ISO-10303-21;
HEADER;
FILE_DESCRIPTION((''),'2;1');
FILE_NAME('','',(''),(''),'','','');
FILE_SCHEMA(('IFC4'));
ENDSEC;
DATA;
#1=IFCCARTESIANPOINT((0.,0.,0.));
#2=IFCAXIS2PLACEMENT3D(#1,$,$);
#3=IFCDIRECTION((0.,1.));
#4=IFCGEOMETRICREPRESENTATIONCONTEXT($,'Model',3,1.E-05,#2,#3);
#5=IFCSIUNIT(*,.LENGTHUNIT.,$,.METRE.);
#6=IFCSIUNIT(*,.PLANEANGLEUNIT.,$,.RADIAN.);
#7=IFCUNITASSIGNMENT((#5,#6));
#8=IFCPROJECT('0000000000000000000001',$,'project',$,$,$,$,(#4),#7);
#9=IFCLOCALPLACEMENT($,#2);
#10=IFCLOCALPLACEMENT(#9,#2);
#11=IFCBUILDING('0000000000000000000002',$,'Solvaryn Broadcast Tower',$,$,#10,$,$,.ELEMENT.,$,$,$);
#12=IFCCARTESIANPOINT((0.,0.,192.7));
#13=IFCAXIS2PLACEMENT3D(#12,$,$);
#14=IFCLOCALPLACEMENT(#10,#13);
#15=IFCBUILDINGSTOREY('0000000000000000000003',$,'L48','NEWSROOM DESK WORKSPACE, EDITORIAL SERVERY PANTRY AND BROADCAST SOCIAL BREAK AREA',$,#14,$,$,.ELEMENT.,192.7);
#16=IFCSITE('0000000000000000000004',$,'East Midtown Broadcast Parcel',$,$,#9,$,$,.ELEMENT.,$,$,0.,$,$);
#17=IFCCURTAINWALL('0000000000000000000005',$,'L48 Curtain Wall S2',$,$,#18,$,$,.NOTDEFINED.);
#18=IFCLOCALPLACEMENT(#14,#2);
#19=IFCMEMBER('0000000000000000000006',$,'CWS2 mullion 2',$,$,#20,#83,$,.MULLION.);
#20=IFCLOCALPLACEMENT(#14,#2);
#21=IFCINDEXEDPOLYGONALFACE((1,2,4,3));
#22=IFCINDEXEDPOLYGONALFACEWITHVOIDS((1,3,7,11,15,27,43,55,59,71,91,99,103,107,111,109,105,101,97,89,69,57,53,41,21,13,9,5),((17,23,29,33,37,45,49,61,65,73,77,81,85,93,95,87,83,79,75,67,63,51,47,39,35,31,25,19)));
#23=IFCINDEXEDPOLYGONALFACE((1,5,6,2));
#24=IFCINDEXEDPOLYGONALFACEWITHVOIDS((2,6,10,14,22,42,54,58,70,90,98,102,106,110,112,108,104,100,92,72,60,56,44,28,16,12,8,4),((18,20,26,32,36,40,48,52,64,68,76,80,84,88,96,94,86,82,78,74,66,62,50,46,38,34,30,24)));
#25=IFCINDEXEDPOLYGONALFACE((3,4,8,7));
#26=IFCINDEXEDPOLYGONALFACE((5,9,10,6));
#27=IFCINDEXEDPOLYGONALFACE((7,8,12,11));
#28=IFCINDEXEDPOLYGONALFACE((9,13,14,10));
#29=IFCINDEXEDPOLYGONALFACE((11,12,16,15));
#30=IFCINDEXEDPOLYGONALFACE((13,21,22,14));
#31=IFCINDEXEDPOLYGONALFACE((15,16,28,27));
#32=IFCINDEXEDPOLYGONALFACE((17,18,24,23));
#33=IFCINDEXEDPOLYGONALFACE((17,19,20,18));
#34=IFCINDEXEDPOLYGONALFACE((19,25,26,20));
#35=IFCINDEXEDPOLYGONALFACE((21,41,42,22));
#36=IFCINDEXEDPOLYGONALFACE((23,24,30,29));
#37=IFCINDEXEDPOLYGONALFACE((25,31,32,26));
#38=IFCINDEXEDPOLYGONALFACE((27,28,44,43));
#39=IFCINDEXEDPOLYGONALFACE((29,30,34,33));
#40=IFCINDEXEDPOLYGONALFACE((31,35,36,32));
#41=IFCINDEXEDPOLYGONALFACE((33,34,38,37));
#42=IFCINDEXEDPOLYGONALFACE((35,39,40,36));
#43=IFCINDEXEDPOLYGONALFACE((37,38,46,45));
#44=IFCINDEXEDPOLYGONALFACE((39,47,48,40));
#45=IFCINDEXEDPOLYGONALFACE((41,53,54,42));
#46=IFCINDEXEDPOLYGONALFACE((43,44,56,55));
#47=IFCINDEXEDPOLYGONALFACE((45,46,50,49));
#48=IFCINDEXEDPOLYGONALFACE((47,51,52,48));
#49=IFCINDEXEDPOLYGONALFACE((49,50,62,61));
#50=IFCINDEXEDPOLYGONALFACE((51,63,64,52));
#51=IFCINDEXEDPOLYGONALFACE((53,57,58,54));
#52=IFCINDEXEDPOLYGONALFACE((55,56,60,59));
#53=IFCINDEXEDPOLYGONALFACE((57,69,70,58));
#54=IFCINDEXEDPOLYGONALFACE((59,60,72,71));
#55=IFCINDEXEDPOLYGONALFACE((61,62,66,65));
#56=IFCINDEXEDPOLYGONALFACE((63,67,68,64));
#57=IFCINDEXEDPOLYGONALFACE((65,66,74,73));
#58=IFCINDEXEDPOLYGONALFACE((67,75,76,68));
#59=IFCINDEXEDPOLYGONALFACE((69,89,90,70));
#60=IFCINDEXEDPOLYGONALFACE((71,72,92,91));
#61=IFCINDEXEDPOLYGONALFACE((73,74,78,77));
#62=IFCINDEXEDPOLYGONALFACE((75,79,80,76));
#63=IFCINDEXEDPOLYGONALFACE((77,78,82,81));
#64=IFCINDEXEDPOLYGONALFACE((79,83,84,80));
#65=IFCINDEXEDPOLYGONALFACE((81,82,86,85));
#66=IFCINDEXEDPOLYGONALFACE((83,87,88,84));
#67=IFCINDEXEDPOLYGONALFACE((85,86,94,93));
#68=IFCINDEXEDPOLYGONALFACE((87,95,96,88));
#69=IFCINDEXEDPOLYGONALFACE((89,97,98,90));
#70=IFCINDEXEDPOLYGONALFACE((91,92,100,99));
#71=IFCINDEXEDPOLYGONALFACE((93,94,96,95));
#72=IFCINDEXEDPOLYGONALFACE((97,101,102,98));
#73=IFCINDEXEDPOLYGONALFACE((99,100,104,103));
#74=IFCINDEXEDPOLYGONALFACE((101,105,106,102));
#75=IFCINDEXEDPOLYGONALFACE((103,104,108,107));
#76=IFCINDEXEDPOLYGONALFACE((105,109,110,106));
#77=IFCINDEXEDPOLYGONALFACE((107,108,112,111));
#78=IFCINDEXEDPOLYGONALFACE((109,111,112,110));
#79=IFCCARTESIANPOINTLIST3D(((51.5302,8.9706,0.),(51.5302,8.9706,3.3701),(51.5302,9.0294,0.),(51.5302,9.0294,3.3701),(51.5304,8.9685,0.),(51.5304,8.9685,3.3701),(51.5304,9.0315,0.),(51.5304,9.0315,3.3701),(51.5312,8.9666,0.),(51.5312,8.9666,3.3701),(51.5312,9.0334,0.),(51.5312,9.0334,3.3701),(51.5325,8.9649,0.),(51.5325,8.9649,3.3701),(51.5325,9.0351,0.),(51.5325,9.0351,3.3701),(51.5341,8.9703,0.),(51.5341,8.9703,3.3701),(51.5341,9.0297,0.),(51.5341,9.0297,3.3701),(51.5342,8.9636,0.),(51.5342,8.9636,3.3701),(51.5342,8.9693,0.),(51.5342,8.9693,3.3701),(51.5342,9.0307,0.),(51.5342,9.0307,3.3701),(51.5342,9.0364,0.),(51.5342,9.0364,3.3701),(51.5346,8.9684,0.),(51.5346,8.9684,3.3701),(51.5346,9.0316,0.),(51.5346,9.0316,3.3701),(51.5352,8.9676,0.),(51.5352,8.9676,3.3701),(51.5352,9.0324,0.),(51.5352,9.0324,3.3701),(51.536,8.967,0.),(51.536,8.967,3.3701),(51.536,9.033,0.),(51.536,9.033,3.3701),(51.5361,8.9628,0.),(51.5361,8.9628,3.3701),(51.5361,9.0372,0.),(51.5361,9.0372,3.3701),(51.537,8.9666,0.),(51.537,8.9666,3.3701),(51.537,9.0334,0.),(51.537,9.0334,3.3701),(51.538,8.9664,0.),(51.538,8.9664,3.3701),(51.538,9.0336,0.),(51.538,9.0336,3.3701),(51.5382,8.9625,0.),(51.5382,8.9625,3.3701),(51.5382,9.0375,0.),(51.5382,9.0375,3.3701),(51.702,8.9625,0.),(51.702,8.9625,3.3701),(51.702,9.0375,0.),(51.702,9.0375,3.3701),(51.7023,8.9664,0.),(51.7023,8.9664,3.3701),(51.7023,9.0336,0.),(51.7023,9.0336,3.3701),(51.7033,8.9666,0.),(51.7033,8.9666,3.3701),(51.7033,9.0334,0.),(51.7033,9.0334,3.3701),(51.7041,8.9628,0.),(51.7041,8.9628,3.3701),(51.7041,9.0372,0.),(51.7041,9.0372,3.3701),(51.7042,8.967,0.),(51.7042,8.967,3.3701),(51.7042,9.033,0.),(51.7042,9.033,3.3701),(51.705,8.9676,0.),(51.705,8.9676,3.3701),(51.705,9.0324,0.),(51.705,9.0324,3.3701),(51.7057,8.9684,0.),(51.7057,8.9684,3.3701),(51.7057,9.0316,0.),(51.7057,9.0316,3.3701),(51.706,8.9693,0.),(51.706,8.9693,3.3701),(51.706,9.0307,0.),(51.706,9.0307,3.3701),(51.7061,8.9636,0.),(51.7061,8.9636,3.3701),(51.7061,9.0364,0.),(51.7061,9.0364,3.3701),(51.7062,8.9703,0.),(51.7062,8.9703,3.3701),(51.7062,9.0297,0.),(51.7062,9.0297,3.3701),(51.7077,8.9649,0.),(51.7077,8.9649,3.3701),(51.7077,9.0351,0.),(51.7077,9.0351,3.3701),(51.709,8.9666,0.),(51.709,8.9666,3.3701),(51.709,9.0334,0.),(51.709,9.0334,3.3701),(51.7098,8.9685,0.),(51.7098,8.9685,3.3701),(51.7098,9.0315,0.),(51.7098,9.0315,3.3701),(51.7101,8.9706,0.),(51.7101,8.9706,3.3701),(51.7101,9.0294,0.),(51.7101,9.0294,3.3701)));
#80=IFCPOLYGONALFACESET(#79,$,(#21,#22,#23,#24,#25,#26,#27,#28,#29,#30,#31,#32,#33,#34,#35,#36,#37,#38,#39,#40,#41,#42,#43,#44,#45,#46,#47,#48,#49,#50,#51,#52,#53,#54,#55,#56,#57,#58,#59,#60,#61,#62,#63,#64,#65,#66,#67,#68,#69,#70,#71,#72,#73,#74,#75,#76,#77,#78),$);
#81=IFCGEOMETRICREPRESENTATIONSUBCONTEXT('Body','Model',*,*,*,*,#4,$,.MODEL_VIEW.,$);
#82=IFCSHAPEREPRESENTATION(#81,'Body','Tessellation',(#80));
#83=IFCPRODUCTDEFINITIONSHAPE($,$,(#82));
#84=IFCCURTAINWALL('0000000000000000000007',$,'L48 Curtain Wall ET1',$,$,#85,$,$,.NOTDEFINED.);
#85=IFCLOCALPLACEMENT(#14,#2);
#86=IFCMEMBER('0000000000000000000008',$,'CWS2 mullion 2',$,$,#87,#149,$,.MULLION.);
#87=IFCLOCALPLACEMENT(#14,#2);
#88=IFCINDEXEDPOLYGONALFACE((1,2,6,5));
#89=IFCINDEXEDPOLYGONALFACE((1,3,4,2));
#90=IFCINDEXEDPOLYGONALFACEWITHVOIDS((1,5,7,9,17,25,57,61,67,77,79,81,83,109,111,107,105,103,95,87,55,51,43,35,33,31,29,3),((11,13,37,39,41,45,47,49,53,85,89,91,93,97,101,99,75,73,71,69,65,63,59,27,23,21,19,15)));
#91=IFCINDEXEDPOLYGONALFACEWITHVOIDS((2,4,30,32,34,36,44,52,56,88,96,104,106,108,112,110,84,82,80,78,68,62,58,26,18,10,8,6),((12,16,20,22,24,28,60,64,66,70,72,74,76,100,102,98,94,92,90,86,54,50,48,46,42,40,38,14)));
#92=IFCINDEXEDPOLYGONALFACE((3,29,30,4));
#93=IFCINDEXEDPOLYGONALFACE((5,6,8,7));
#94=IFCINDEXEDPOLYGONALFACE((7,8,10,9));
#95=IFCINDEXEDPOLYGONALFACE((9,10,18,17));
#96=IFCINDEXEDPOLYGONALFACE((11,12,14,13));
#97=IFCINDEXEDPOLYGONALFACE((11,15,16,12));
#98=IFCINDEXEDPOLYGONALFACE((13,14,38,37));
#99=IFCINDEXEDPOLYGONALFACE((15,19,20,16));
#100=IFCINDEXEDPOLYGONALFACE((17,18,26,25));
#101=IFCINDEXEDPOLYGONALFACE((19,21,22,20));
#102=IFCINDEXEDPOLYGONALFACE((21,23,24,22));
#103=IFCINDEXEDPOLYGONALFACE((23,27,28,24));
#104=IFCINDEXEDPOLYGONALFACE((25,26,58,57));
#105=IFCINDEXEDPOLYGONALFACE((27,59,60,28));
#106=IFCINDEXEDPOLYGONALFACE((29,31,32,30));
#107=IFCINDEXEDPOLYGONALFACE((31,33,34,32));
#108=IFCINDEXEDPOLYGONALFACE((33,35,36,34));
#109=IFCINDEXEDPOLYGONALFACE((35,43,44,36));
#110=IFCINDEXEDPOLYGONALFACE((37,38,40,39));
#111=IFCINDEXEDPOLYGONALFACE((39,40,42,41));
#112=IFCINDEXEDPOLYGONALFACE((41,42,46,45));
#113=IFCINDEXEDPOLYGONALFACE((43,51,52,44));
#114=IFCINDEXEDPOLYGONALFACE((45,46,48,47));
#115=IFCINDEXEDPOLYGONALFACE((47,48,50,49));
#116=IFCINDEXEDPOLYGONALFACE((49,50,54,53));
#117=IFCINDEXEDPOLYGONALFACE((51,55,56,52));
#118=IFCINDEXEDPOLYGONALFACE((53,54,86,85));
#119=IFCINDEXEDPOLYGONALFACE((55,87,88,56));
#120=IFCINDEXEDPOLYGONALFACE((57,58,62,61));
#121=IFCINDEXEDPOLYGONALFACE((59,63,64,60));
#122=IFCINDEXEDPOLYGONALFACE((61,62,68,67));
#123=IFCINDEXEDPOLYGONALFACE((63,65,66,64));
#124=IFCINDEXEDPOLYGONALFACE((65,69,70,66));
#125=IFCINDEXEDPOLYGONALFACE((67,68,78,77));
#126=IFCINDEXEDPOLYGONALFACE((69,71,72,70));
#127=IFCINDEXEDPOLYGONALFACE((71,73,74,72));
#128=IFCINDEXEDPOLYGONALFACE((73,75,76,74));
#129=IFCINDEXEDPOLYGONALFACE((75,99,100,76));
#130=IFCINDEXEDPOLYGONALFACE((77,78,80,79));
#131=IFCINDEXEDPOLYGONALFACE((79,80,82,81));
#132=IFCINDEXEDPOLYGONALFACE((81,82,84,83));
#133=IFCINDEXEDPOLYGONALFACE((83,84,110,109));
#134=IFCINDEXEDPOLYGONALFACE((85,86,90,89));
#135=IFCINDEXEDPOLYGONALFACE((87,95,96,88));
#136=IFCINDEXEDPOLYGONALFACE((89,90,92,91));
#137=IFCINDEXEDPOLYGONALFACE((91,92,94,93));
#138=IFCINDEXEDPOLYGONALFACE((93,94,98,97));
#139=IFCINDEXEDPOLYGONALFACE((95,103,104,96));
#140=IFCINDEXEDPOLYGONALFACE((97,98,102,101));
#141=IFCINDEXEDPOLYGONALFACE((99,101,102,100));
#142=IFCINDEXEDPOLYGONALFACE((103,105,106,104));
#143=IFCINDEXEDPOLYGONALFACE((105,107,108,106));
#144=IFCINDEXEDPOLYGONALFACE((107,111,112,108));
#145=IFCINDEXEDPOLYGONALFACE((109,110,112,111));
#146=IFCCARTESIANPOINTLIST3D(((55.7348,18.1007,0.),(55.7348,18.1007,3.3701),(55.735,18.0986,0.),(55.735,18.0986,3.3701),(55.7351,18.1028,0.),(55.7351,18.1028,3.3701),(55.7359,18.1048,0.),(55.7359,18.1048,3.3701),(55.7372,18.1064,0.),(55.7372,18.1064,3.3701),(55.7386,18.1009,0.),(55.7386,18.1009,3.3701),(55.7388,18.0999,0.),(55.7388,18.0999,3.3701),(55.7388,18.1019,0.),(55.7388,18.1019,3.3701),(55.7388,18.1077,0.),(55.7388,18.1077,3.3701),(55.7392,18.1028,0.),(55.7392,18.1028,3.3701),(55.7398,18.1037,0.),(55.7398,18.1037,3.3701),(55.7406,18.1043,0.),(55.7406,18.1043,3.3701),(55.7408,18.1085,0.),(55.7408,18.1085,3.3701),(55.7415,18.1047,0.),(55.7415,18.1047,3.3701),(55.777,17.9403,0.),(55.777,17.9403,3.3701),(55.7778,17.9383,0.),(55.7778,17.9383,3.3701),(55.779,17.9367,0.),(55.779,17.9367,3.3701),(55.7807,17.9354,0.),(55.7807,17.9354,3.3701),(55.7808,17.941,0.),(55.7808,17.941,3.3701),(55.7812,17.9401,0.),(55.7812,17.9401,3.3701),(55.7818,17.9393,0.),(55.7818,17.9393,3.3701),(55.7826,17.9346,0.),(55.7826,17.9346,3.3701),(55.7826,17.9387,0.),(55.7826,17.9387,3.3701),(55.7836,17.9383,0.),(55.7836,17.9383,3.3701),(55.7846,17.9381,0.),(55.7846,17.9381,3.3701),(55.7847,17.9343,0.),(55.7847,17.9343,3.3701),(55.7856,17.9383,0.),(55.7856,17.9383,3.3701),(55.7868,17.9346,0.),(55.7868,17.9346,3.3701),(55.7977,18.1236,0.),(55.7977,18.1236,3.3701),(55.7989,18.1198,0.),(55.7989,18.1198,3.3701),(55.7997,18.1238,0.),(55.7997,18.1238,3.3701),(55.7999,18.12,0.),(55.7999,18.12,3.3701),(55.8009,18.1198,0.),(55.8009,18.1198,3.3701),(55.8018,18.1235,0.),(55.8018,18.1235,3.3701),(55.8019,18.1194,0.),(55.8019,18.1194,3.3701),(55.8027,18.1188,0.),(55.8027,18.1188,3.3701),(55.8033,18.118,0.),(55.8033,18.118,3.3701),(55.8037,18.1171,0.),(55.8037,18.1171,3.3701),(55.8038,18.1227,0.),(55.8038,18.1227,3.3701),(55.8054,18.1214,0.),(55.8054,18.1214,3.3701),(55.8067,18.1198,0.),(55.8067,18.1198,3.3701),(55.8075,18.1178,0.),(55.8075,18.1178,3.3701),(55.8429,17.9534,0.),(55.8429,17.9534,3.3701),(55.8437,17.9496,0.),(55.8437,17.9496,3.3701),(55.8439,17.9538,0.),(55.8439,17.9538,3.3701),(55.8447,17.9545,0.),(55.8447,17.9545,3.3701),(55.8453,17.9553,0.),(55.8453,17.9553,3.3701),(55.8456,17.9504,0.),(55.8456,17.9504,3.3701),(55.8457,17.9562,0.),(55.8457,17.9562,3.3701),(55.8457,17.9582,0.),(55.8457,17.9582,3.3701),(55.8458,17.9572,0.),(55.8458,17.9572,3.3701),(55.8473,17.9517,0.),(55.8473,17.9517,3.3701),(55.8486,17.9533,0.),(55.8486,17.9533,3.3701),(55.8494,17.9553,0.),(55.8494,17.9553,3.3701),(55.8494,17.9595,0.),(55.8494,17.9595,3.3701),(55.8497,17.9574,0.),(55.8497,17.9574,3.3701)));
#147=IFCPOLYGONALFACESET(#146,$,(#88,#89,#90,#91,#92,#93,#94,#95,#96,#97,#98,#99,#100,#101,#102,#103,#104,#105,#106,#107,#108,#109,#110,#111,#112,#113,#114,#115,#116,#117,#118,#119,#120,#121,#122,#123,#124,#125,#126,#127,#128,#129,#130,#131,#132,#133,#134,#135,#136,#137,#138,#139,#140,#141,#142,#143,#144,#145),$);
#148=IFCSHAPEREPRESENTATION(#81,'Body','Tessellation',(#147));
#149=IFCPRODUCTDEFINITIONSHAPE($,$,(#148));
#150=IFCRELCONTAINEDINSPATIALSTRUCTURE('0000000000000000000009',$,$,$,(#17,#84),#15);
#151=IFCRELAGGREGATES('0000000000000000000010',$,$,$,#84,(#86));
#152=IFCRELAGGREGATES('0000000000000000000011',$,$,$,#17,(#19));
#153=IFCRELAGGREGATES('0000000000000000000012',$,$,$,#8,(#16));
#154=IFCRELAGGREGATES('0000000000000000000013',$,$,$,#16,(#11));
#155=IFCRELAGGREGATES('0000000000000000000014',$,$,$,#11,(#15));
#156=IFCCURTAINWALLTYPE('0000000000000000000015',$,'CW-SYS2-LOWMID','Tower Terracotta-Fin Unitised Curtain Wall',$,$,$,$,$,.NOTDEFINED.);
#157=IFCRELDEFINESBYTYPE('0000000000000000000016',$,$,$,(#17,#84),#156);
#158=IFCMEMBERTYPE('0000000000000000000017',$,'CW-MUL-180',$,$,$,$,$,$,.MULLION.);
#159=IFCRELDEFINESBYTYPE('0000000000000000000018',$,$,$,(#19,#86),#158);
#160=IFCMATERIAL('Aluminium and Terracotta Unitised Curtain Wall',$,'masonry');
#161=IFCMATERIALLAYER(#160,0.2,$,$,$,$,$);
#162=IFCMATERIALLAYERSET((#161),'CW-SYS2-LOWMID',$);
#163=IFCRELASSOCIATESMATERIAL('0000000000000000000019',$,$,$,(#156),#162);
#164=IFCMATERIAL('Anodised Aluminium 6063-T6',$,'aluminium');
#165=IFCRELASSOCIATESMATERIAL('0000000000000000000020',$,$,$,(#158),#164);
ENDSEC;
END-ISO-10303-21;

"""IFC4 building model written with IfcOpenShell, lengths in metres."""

from ifc_helpers import new_model, si_unit, direction, frame, origin, origin_2d, place, context, subcontext, project, spatial, hollow_rectangle, extrude, material, layer, layer_set, material_profile, profile_set, type_object, element, aggregate, save


model = new_model("IFC4")

# Units and contexts
model_context = context("Model", 3, precision=1e-05, world=origin(), true_north=direction((0.0, 1.0)))
body_context = subcontext(model_context, "Body", "Model", "MODEL_VIEW")
ifc_project = project(units=[si_unit("LENGTHUNIT", "METRE"), si_unit("PLANEANGLEUNIT", "RADIAN")], contexts=[model_context])

# Site, building, storey
site_placement = place(None, origin())
site = spatial("IfcSite", under=ifc_project, at=site_placement, Name="East Midtown Broadcast Parcel", CompositionType="ELEMENT", RefElevation=0.0)
building_placement = place(site_placement, origin())
building = spatial("IfcBuilding", under=site, at=building_placement, Name="Solvaryn Broadcast Tower", CompositionType="ELEMENT")
storey_placement = place(building_placement, frame((0.0, 0.0, 192.7)))
storey = spatial("IfcBuildingStorey", under=building, at=storey_placement, Name="L48", Description="NEWSROOM DESK WORKSPACE, EDITORIAL SERVERY PANTRY AND BROADCAST SOCIAL BREAK AREA", CompositionType="ELEMENT", Elevation=192.7)

# Curtain walls, members
ifc_material_1 = material(Name="Aluminium and Terracotta Unitised Curtain Wall", Category="masonry")
ifc_layer_1 = layer(ifc_material_1, 0.2)
ifc_layer_set_1 = layer_set([ifc_layer_1], Name="CW-SYS2-LOWMID")
curtain_wall_type = type_object("IfcCurtainWallType", Name="CW-SYS2-LOWMID", Description="Tower Terracotta-Fin Unitised Curtain Wall", PredefinedType="NOTDEFINED", material=ifc_layer_set_1)
curtain_wall_1_placement = place(storey_placement, origin())
curtain_wall_1 = element("IfcCurtainWall", 1, at=curtain_wall_1_placement, inside=storey, type_object=curtain_wall_type, Name="L48 Curtain Wall S2", PredefinedType="NOTDEFINED")
ifc_material_2 = material(Name="Anodised Aluminium 6063-T6", Category="aluminium")
ifc_material_profile_1 = material_profile(ifc_material_2, hollow_rectangle(XDim=0.075, YDim=0.1799, WallThickness=0.0039, InnerFilletRadius=0.0039, OuterFilletRadius=0.0081, at=origin_2d()))
ifc_profile_set_1 = profile_set([ifc_material_profile_1], Name="Anodised Aluminium 6063-T6")
member_type_1 = type_object("IfcMemberType", Name="CW-MUL-180", PredefinedType="MULLION", material=ifc_profile_set_1)
member_1_placement = place(storey_placement, frame((51.6201, 9.0, 0.0), z_axis=(0.0, 0.0, 1.0), x_axis=(0.0, 1.0, 0.0)))
member_1 = element("IfcMember", 2, at=member_1_placement, type_object=member_type_1, Name="CWS2 mullion 2", PredefinedType="MULLION", context=body_context, shape_type="SweptSolid", body=[
    extrude(hollow_rectangle(XDim=0.075, YDim=0.1799, WallThickness=0.0039, InnerFilletRadius=0.0039, OuterFilletRadius=0.0081, at=origin_2d()), origin(), (0.0, 0.0, 1.0), 3.3701),
])
curtain_wall_2_placement = place(storey_placement, origin())
curtain_wall_2 = element("IfcCurtainWall", 3, at=curtain_wall_2_placement, inside=storey, type_object=curtain_wall_type, Name="L48 Curtain Wall ET1", PredefinedType="NOTDEFINED")
member_2_placement = place(storey_placement, frame((55.7922, 18.0291, 0.0), z_axis=(0.0, 0.0, 1.0), x_axis=(0.966705, 0.255893, 0.0)))
member_2 = element("IfcMember", 4, at=member_2_placement, type_object=member_type_1, Name="CWS2 mullion 2", PredefinedType="MULLION", context=body_context, shape_type="SweptSolid", body=[
    extrude(hollow_rectangle(XDim=0.075, YDim=0.1799, WallThickness=0.0039, InnerFilletRadius=0.0039, OuterFilletRadius=0.0081, at=origin_2d()), origin(), (0.0, 0.0, 1.0), 3.3701),
])
aggregate(curtain_wall_2, [member_2])

aggregate(curtain_wall_1, [member_1])

save(model, "model.ifc")
